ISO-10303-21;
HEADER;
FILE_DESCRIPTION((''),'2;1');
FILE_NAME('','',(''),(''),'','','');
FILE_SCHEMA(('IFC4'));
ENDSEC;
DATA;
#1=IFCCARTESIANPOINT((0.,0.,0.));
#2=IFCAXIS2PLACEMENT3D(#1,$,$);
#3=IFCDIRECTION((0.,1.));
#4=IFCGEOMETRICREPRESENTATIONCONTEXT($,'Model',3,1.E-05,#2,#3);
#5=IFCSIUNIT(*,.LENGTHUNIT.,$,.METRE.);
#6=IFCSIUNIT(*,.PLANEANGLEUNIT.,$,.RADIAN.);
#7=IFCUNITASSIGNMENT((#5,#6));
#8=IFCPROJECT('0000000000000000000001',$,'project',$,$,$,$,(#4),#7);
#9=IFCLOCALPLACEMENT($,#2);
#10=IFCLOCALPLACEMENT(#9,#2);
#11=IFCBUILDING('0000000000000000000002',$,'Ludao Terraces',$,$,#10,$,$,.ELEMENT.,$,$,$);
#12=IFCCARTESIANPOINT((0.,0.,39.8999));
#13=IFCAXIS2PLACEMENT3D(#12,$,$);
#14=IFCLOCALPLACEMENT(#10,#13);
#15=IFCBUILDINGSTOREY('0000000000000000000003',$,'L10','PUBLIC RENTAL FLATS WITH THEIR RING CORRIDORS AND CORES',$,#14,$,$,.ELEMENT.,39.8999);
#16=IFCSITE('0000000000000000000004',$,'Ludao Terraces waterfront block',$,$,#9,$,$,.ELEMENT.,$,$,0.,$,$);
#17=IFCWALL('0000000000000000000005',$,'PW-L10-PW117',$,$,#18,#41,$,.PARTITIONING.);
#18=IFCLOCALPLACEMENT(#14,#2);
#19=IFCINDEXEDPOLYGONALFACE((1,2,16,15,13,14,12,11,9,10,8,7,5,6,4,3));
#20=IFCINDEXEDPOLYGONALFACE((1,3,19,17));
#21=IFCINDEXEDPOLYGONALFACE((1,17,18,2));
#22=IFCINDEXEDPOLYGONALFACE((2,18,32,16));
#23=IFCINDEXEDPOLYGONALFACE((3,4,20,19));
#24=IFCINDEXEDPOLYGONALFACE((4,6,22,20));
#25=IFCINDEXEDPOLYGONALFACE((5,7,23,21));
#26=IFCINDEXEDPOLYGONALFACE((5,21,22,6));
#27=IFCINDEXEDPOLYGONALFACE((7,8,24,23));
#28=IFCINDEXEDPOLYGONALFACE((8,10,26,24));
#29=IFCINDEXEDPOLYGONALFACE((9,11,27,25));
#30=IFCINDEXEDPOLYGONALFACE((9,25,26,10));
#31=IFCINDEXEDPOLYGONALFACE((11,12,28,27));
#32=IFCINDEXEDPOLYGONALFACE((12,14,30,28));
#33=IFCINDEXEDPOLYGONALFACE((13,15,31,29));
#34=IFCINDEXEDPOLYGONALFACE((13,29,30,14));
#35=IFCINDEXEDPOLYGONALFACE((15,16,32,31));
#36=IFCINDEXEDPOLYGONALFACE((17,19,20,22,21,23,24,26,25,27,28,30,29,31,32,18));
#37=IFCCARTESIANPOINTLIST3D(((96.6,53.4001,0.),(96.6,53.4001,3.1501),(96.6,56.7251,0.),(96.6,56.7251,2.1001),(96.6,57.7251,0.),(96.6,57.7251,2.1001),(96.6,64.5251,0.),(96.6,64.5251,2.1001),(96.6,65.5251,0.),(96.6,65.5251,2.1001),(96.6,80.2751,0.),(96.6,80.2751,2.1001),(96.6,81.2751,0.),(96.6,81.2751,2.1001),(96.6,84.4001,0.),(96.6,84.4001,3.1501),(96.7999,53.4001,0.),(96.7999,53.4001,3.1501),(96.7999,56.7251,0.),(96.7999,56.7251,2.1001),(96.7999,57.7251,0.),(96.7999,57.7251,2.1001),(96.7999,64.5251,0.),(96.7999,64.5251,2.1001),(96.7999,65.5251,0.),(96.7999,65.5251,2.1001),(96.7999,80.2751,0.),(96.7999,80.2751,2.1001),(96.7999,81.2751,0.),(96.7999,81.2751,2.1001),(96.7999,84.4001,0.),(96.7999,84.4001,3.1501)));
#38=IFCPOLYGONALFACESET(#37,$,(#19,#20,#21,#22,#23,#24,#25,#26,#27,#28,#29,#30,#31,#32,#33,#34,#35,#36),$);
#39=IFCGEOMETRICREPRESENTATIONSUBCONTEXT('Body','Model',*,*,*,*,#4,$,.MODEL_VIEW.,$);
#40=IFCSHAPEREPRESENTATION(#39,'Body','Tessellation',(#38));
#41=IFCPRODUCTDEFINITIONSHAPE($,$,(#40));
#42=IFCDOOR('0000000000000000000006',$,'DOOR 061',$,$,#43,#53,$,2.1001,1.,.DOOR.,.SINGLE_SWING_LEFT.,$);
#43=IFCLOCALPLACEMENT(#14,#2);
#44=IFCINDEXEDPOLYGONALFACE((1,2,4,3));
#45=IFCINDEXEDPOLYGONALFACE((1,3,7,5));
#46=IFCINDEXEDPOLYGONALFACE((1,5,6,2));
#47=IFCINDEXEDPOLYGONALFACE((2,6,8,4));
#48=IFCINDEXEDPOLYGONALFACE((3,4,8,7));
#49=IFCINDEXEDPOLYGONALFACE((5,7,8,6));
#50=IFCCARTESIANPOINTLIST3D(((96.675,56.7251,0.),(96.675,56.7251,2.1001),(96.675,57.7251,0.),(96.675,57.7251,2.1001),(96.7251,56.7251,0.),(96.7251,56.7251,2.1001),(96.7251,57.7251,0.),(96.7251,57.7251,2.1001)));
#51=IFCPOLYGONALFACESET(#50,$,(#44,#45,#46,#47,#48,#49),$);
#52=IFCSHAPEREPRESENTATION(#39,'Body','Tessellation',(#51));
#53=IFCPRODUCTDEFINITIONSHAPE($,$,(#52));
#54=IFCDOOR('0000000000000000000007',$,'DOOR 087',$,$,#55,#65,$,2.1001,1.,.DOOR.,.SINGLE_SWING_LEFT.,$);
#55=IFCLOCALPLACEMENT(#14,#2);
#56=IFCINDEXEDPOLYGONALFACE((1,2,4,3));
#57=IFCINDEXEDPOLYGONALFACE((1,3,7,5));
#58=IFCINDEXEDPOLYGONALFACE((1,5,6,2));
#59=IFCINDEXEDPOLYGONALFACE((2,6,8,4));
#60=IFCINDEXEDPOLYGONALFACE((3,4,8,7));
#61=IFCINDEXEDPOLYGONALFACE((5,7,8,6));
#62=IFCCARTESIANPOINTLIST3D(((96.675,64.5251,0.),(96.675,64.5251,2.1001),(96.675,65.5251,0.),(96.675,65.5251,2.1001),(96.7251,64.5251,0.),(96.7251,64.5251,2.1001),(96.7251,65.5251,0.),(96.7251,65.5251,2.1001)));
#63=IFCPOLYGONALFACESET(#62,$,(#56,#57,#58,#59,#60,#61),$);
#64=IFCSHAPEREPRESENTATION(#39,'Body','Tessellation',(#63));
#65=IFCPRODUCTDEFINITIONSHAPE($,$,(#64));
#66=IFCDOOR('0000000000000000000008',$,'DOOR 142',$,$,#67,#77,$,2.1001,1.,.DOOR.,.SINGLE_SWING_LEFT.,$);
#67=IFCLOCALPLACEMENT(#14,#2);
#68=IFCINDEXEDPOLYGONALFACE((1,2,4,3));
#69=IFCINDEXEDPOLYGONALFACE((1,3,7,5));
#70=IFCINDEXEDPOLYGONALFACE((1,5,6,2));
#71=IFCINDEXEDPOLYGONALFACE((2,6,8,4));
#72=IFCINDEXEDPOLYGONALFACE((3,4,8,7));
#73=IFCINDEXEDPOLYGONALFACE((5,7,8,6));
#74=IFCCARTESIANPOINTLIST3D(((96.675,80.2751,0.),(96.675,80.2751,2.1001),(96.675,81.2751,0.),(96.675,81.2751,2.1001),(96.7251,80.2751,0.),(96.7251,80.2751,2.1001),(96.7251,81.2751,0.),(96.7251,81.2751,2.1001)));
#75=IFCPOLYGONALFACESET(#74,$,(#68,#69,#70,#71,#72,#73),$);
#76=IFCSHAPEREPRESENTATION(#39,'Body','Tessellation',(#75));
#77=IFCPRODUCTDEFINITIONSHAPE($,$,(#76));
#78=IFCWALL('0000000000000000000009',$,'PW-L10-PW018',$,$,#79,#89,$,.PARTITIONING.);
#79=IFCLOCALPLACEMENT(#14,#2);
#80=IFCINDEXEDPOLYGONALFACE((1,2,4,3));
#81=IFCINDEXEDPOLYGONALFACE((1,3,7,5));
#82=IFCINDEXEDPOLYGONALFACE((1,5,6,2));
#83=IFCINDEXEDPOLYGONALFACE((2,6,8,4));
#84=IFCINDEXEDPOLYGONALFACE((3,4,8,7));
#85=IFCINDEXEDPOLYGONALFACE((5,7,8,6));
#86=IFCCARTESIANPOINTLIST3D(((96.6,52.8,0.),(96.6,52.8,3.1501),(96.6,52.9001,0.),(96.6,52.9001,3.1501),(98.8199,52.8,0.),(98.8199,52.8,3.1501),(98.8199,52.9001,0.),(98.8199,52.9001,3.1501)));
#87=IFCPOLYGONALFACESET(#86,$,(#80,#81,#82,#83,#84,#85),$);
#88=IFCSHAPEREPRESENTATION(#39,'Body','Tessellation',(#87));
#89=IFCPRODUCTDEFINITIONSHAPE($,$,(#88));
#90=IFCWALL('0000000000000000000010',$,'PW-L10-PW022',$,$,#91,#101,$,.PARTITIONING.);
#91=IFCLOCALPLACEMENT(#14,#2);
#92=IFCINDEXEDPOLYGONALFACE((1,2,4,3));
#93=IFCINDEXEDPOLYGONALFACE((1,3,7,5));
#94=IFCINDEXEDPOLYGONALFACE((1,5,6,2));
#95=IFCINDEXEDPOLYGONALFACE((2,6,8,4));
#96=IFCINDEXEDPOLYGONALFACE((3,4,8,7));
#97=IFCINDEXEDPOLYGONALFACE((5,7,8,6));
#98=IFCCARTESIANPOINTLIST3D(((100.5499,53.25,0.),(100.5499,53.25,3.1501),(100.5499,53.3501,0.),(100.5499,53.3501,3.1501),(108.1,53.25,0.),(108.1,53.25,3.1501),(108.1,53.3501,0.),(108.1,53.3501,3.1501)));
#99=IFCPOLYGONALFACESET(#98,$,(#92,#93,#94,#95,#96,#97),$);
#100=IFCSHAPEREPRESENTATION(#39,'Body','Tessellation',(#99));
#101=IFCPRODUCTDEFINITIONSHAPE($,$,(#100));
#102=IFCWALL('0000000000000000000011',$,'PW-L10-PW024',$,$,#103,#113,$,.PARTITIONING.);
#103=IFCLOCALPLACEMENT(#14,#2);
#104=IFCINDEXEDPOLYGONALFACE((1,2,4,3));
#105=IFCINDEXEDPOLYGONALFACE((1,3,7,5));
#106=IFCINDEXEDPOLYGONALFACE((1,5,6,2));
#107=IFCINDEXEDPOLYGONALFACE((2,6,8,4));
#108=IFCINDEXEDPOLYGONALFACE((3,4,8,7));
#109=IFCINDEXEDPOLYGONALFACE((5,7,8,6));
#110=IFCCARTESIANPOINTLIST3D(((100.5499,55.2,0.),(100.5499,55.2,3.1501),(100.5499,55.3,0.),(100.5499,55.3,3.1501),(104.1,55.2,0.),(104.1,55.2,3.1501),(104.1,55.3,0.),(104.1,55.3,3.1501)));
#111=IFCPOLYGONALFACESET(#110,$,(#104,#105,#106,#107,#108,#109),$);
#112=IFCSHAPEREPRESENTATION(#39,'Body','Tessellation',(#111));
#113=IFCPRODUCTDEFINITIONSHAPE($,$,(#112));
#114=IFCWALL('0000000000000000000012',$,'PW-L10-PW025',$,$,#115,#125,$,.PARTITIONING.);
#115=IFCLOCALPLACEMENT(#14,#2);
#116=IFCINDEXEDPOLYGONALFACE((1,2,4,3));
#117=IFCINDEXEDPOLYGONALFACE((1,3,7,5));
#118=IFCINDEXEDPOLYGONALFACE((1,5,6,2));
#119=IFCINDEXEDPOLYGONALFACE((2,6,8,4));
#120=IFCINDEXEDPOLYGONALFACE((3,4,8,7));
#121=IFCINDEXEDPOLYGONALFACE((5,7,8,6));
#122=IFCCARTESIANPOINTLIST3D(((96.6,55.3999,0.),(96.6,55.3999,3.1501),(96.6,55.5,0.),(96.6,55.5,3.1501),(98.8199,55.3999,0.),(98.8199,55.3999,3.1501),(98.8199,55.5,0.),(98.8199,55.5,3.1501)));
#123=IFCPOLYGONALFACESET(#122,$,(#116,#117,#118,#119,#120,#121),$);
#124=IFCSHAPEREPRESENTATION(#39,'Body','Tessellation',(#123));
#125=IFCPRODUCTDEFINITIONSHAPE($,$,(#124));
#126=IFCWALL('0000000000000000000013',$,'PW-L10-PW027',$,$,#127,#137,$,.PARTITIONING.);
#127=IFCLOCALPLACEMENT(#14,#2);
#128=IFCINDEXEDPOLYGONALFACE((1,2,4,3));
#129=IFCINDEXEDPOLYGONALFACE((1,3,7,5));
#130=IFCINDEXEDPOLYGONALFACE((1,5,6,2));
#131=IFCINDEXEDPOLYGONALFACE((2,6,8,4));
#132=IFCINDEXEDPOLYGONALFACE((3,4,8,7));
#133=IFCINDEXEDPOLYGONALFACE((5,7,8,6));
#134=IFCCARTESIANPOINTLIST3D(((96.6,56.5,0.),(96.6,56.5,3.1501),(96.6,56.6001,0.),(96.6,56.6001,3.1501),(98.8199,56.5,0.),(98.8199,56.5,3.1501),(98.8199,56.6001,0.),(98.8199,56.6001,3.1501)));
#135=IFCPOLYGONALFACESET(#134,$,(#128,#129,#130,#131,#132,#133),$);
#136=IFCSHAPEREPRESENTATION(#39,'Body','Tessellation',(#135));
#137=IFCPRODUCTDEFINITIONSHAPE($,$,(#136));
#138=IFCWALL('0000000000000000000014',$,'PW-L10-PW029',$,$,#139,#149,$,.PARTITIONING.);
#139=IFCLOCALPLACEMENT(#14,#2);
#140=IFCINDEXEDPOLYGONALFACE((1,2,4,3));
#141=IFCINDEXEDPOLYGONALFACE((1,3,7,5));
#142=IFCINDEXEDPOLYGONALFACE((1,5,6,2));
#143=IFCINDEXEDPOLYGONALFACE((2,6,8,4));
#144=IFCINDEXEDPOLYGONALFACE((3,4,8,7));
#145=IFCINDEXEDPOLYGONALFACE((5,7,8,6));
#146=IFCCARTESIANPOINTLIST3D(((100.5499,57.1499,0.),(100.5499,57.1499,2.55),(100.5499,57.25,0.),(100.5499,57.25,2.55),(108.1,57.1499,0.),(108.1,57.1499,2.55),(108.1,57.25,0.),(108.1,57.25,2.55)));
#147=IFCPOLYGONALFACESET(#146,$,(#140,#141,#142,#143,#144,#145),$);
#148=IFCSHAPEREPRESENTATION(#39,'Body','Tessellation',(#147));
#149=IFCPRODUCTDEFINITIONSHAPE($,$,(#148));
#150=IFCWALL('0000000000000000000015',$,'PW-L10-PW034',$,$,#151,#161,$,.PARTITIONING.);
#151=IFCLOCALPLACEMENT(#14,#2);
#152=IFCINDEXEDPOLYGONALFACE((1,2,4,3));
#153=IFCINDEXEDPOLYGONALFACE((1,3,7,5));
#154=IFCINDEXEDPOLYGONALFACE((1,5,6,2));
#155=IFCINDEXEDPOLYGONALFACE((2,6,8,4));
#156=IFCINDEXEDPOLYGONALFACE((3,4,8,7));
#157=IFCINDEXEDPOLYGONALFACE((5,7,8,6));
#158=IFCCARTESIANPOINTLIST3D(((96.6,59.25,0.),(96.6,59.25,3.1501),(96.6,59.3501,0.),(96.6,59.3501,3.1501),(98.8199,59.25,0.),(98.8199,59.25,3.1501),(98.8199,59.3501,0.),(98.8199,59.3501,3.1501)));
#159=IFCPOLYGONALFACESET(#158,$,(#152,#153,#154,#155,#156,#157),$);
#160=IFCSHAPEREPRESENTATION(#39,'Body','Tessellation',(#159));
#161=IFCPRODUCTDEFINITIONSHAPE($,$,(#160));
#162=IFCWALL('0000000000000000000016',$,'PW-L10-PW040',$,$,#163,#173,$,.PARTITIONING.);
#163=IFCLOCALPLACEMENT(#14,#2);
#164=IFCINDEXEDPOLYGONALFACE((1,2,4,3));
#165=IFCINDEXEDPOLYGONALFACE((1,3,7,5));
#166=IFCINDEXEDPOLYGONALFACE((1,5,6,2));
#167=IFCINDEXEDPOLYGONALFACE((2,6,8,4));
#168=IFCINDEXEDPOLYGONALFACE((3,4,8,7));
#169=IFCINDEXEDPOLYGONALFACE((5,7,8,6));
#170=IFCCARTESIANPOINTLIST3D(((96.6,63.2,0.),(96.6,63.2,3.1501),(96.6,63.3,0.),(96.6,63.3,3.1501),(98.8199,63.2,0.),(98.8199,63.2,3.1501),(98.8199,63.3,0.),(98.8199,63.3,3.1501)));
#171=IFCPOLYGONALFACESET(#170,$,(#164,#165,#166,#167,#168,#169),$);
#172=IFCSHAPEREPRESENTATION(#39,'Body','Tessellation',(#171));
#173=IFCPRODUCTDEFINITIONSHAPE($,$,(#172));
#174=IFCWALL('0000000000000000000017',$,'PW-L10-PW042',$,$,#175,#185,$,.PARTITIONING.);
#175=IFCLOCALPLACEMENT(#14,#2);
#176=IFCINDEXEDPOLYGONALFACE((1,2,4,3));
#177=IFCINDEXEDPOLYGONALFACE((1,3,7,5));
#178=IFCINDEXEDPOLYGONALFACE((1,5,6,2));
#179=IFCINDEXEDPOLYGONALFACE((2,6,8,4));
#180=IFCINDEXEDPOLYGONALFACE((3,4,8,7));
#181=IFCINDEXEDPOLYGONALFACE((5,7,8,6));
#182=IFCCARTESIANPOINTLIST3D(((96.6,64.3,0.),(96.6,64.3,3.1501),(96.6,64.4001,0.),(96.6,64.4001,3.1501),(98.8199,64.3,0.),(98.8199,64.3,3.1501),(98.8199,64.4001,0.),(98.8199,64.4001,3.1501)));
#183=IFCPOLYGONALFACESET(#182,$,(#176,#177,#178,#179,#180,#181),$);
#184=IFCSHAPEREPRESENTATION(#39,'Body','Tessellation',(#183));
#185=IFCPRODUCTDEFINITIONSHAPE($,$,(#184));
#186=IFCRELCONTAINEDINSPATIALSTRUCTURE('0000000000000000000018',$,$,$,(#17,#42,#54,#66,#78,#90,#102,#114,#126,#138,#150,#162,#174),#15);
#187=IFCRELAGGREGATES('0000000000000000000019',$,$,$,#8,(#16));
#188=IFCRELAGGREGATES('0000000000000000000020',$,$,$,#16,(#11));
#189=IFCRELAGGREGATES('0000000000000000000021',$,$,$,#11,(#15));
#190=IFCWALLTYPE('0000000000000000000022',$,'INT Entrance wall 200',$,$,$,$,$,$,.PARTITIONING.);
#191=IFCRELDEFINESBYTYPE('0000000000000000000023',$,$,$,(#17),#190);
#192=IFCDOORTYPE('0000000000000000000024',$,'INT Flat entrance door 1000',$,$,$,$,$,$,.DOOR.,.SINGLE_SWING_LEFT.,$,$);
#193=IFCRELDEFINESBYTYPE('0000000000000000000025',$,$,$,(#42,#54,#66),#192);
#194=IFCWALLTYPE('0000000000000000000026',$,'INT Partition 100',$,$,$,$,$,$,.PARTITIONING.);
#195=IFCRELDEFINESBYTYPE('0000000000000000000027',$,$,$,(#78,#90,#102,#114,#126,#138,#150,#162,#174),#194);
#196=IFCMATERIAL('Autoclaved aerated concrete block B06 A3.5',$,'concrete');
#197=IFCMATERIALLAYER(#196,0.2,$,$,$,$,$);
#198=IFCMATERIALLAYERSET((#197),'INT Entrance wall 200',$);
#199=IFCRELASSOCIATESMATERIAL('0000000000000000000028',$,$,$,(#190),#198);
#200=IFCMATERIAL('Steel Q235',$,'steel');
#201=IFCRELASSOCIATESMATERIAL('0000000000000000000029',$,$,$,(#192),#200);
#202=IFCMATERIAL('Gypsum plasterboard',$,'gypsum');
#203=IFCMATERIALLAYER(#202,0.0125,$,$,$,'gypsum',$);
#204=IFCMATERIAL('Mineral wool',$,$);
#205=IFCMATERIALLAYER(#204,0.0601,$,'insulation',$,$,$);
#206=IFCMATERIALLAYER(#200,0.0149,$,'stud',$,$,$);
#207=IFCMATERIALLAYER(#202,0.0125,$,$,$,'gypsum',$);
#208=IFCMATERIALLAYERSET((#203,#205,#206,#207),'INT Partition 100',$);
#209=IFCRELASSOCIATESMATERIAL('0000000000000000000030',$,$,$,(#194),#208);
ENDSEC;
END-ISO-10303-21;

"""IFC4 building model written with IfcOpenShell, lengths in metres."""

from ifc_helpers import new_model, si_unit, direction, frame, frame_2d, origin, place, context, subcontext, project, spatial, rectangle, extrude, material, layer, layer_set, type_object, element, fill, save


model = new_model("IFC4")

# Units and contexts
model_context = context("Model", 3, precision=1e-05, world=origin(), true_north=direction((0.0, 1.0)))
body_context = subcontext(model_context, "Body", "Model", "MODEL_VIEW")
ifc_project = project(units=[si_unit("LENGTHUNIT", "METRE"), si_unit("PLANEANGLEUNIT", "RADIAN")], contexts=[model_context])

# Site, building, storey
site_placement = place(None, origin())
site = spatial("IfcSite", under=ifc_project, at=site_placement, Name="Ludao Terraces waterfront block", CompositionType="ELEMENT", RefElevation=0.0)
building_placement = place(site_placement, origin())
building = spatial("IfcBuilding", under=site, at=building_placement, Name="Ludao Terraces", CompositionType="ELEMENT")
storey_placement = place(building_placement, frame((0.0, 0.0, 39.8999)))
storey = spatial("IfcBuildingStorey", under=building, at=storey_placement, Name="L10", Description="PUBLIC RENTAL FLATS WITH THEIR RING CORRIDORS AND CORES", CompositionType="ELEMENT", Elevation=39.8999)

# Wall, openings, doors
ifc_material_1 = material(Name="Autoclaved aerated concrete block B06 A3.5", Category="concrete")
ifc_layer_1 = layer(ifc_material_1, 0.2)
ifc_layer_set_1 = layer_set([ifc_layer_1], Name="INT Entrance wall 200")
wall_type_1 = type_object("IfcWallType", Name="INT Entrance wall 200", PredefinedType="PARTITIONING", material=ifc_layer_set_1)
wall_1_placement = place(storey_placement, frame((96.7, 53.4001, 0.0), z_axis=(0.0, 0.0, 1.0), x_axis=(0.0, 1.0, 0.0)))
wall_1 = element("IfcWall", 1, at=wall_1_placement, inside=storey, type_object=wall_type_1, Name="PW-L10-PW117", PredefinedType="PARTITIONING", context=body_context, shape_type="SweptSolid", body=[
    extrude(rectangle(XDim=31.0, YDim=0.2, at=frame_2d((15.5, 0.0))), origin(), (0.0, 0.0, 1.0), 3.1501),
])
opening_1_placement = place(wall_1_placement, frame((3.325, 0.0, 0.0)))
opening_1 = element("IfcOpeningElement", 2, at=opening_1_placement, cuts=wall_1, PredefinedType="OPENING", context=body_context, shape_type="SweptSolid", body=[
    extrude(rectangle(XDim=1.0, YDim=2.1001, at=frame_2d((0.5, 1.05))), frame((0.0, 0.1099, 0.0), z_axis=(0.0, -1.0, 0.0), x_axis=(1.0, 0.0, 0.0)), (0.0, 0.0, 1.0), 0.22),
])
opening_2_placement = place(wall_1_placement, frame((11.125, 0.0, 0.0)))
opening_2 = element("IfcOpeningElement", 3, at=opening_2_placement, cuts=wall_1, PredefinedType="OPENING", context=body_context, shape_type="SweptSolid", body=[
    extrude(rectangle(XDim=1.0, YDim=2.1001, at=frame_2d((0.5, 1.05))), frame((0.0, 0.1099, 0.0), z_axis=(0.0, -1.0, 0.0), x_axis=(1.0, 0.0, 0.0)), (0.0, 0.0, 1.0), 0.22),
])
opening_3_placement = place(wall_1_placement, frame((26.875, 0.0, 0.0)))
opening_3 = element("IfcOpeningElement", 4, at=opening_3_placement, cuts=wall_1, PredefinedType="OPENING", context=body_context, shape_type="SweptSolid", body=[
    extrude(rectangle(XDim=1.0, YDim=2.1001, at=frame_2d((0.5, 1.05))), frame((0.0, 0.1099, 0.0), z_axis=(0.0, -1.0, 0.0), x_axis=(1.0, 0.0, 0.0)), (0.0, 0.0, 1.0), 0.22),
])
ifc_material_2 = material(Name="Steel Q235", Category="steel")
door_type_1 = type_object("IfcDoorType", Name="INT Flat entrance door 1000", OperationType="SINGLE_SWING_LEFT", PredefinedType="DOOR", material=ifc_material_2)
door_1_placement = place(opening_1_placement, origin())
door_1 = element("IfcDoor", 5, at=door_1_placement, inside=storey, type_object=door_type_1, Name="DOOR 061", OperationType="SINGLE_SWING_LEFT", OverallHeight=2.1001, OverallWidth=1.0, PredefinedType="DOOR", context=body_context, shape_type="SweptSolid", body=[
    extrude(rectangle(XDim=1.0, YDim=2.1001, at=frame_2d((0.5, 1.05))), frame((0.0, 0.0249, 0.0), z_axis=(0.0, -1.0, 0.0), x_axis=(1.0, 0.0, 0.0)), (0.0, 0.0, 1.0), 0.05),
])
fill(opening_1, door_1)
door_2_placement = place(opening_2_placement, origin())
door_2 = element("IfcDoor", 6, at=door_2_placement, inside=storey, type_object=door_type_1, Name="DOOR 087", OperationType="SINGLE_SWING_LEFT", OverallHeight=2.1001, OverallWidth=1.0, PredefinedType="DOOR", context=body_context, shape_type="SweptSolid", body=[
    extrude(rectangle(XDim=1.0, YDim=2.1001, at=frame_2d((0.5, 1.05))), frame((0.0, 0.0249, 0.0), z_axis=(0.0, -1.0, 0.0), x_axis=(1.0, 0.0, 0.0)), (0.0, 0.0, 1.0), 0.05),
])
fill(opening_2, door_2)
door_3_placement = place(opening_3_placement, origin())
door_3 = element("IfcDoor", 7, at=door_3_placement, inside=storey, type_object=door_type_1, Name="DOOR 142", OperationType="SINGLE_SWING_LEFT", OverallHeight=2.1001, OverallWidth=1.0, PredefinedType="DOOR", context=body_context, shape_type="SweptSolid", body=[
    extrude(rectangle(XDim=1.0, YDim=2.1001, at=frame_2d((0.5, 1.05))), frame((0.0, 0.0249, 0.0), z_axis=(0.0, -1.0, 0.0), x_axis=(1.0, 0.0, 0.0)), (0.0, 0.0, 1.0), 0.05),
])
fill(opening_3, door_3)

# Walls
ifc_material_3 = material(Name="Gypsum plasterboard", Category="gypsum")
ifc_layer_2 = layer(ifc_material_3, 0.0125, Category="gypsum")
ifc_material_4 = material(Name="Mineral wool")
ifc_layer_3 = layer(ifc_material_4, 0.0601, Name="insulation")
ifc_layer_4 = layer(ifc_material_2, 0.0149, Name="stud")
ifc_layer_5 = layer(ifc_material_3, 0.0125, Category="gypsum")
ifc_layer_set_2 = layer_set([ifc_layer_2, ifc_layer_3, ifc_layer_4, ifc_layer_5], Name="INT Partition 100")
wall_type_2 = type_object("IfcWallType", Name="INT Partition 100", PredefinedType="PARTITIONING", material=ifc_layer_set_2)
wall_2_placement = place(storey_placement, frame((96.6001, 52.8501, 0.0), z_axis=(0.0, 0.0, 1.0), x_axis=(1.0, 0.0, 0.0)))
element("IfcWall", 8, at=wall_2_placement, inside=storey, type_object=wall_type_2, Name="PW-L10-PW018", PredefinedType="PARTITIONING", context=body_context, shape_type="SweptSolid", body=[
    extrude(rectangle(XDim=2.22, YDim=0.1001, at=frame_2d((1.1099, 0.0))), origin(), (0.0, 0.0, 1.0), 3.1501),
])
wall_3_placement = place(storey_placement, frame((100.55, 53.3, 0.0), z_axis=(0.0, 0.0, 1.0), x_axis=(1.0, 0.0, 0.0)))
element("IfcWall", 9, at=wall_3_placement, inside=storey, type_object=wall_type_2, Name="PW-L10-PW022", PredefinedType="PARTITIONING", context=body_context, shape_type="SweptSolid", body=[
    extrude(rectangle(XDim=7.55, YDim=0.1001, at=frame_2d((3.7749, 0.0))), origin(), (0.0, 0.0, 1.0), 3.1501),
])
wall_4_placement = place(storey_placement, frame((100.55, 55.25, 0.0), z_axis=(0.0, 0.0, 1.0), x_axis=(1.0, 0.0, 0.0)))
element("IfcWall", 10, at=wall_4_placement, inside=storey, type_object=wall_type_2, Name="PW-L10-PW024", PredefinedType="PARTITIONING", context=body_context, shape_type="SweptSolid", body=[
    extrude(rectangle(XDim=3.55, YDim=0.1001, at=frame_2d((1.7749, 0.0))), origin(), (0.0, 0.0, 1.0), 3.1501),
])
for number, where, z_axis, x_axis, name in (
    (11, (96.6001, 55.45, 0.0), (0.0, 0.0, 1.0), (1.0, 0.0, 0.0), "PW-L10-PW025"),
    (12, (96.6001, 56.55, 0.0), (0.0, 0.0, 1.0), (1.0, 0.0, 0.0), "PW-L10-PW027"),
):
    element("IfcWall", number, at=place(storey_placement, frame(where, z_axis=z_axis, x_axis=x_axis)), inside=storey, type_object=wall_type_2, Name=name, PredefinedType="PARTITIONING", context=body_context, shape_type="SweptSolid", body=[
        extrude(rectangle(XDim=2.22, YDim=0.1001, at=frame_2d((1.1099, 0.0))), origin(), (0.0, 0.0, 1.0), 3.1501),
    ])
wall_5_placement = place(storey_placement, frame((100.55, 57.2, 0.0), z_axis=(0.0, 0.0, 1.0), x_axis=(1.0, 0.0, 0.0)))
element("IfcWall", 13, at=wall_5_placement, inside=storey, type_object=wall_type_2, Name="PW-L10-PW029", PredefinedType="PARTITIONING", context=body_context, shape_type="SweptSolid", body=[
    extrude(rectangle(XDim=7.55, YDim=0.1001, at=frame_2d((3.7749, 0.0))), origin(), (0.0, 0.0, 1.0), 2.55),
])
for number, where, z_axis, x_axis, name in (
    (14, (96.6001, 59.3, 0.0), (0.0, 0.0, 1.0), (1.0, 0.0, 0.0), "PW-L10-PW034"),
    (15, (96.6001, 63.25, 0.0), (0.0, 0.0, 1.0), (1.0, 0.0, 0.0), "PW-L10-PW040"),
    (16, (96.6001, 64.3501, 0.0), (0.0, 0.0, 1.0), (1.0, 0.0, 0.0), "PW-L10-PW042"),
):
    element("IfcWall", number, at=place(storey_placement, frame(where, z_axis=z_axis, x_axis=x_axis)), inside=storey, type_object=wall_type_2, Name=name, PredefinedType="PARTITIONING", context=body_context, shape_type="SweptSolid", body=[
        extrude(rectangle(XDim=2.22, YDim=0.1001, at=frame_2d((1.1099, 0.0))), origin(), (0.0, 0.0, 1.0), 3.1501),
    ])

save(model, "model.ifc")
